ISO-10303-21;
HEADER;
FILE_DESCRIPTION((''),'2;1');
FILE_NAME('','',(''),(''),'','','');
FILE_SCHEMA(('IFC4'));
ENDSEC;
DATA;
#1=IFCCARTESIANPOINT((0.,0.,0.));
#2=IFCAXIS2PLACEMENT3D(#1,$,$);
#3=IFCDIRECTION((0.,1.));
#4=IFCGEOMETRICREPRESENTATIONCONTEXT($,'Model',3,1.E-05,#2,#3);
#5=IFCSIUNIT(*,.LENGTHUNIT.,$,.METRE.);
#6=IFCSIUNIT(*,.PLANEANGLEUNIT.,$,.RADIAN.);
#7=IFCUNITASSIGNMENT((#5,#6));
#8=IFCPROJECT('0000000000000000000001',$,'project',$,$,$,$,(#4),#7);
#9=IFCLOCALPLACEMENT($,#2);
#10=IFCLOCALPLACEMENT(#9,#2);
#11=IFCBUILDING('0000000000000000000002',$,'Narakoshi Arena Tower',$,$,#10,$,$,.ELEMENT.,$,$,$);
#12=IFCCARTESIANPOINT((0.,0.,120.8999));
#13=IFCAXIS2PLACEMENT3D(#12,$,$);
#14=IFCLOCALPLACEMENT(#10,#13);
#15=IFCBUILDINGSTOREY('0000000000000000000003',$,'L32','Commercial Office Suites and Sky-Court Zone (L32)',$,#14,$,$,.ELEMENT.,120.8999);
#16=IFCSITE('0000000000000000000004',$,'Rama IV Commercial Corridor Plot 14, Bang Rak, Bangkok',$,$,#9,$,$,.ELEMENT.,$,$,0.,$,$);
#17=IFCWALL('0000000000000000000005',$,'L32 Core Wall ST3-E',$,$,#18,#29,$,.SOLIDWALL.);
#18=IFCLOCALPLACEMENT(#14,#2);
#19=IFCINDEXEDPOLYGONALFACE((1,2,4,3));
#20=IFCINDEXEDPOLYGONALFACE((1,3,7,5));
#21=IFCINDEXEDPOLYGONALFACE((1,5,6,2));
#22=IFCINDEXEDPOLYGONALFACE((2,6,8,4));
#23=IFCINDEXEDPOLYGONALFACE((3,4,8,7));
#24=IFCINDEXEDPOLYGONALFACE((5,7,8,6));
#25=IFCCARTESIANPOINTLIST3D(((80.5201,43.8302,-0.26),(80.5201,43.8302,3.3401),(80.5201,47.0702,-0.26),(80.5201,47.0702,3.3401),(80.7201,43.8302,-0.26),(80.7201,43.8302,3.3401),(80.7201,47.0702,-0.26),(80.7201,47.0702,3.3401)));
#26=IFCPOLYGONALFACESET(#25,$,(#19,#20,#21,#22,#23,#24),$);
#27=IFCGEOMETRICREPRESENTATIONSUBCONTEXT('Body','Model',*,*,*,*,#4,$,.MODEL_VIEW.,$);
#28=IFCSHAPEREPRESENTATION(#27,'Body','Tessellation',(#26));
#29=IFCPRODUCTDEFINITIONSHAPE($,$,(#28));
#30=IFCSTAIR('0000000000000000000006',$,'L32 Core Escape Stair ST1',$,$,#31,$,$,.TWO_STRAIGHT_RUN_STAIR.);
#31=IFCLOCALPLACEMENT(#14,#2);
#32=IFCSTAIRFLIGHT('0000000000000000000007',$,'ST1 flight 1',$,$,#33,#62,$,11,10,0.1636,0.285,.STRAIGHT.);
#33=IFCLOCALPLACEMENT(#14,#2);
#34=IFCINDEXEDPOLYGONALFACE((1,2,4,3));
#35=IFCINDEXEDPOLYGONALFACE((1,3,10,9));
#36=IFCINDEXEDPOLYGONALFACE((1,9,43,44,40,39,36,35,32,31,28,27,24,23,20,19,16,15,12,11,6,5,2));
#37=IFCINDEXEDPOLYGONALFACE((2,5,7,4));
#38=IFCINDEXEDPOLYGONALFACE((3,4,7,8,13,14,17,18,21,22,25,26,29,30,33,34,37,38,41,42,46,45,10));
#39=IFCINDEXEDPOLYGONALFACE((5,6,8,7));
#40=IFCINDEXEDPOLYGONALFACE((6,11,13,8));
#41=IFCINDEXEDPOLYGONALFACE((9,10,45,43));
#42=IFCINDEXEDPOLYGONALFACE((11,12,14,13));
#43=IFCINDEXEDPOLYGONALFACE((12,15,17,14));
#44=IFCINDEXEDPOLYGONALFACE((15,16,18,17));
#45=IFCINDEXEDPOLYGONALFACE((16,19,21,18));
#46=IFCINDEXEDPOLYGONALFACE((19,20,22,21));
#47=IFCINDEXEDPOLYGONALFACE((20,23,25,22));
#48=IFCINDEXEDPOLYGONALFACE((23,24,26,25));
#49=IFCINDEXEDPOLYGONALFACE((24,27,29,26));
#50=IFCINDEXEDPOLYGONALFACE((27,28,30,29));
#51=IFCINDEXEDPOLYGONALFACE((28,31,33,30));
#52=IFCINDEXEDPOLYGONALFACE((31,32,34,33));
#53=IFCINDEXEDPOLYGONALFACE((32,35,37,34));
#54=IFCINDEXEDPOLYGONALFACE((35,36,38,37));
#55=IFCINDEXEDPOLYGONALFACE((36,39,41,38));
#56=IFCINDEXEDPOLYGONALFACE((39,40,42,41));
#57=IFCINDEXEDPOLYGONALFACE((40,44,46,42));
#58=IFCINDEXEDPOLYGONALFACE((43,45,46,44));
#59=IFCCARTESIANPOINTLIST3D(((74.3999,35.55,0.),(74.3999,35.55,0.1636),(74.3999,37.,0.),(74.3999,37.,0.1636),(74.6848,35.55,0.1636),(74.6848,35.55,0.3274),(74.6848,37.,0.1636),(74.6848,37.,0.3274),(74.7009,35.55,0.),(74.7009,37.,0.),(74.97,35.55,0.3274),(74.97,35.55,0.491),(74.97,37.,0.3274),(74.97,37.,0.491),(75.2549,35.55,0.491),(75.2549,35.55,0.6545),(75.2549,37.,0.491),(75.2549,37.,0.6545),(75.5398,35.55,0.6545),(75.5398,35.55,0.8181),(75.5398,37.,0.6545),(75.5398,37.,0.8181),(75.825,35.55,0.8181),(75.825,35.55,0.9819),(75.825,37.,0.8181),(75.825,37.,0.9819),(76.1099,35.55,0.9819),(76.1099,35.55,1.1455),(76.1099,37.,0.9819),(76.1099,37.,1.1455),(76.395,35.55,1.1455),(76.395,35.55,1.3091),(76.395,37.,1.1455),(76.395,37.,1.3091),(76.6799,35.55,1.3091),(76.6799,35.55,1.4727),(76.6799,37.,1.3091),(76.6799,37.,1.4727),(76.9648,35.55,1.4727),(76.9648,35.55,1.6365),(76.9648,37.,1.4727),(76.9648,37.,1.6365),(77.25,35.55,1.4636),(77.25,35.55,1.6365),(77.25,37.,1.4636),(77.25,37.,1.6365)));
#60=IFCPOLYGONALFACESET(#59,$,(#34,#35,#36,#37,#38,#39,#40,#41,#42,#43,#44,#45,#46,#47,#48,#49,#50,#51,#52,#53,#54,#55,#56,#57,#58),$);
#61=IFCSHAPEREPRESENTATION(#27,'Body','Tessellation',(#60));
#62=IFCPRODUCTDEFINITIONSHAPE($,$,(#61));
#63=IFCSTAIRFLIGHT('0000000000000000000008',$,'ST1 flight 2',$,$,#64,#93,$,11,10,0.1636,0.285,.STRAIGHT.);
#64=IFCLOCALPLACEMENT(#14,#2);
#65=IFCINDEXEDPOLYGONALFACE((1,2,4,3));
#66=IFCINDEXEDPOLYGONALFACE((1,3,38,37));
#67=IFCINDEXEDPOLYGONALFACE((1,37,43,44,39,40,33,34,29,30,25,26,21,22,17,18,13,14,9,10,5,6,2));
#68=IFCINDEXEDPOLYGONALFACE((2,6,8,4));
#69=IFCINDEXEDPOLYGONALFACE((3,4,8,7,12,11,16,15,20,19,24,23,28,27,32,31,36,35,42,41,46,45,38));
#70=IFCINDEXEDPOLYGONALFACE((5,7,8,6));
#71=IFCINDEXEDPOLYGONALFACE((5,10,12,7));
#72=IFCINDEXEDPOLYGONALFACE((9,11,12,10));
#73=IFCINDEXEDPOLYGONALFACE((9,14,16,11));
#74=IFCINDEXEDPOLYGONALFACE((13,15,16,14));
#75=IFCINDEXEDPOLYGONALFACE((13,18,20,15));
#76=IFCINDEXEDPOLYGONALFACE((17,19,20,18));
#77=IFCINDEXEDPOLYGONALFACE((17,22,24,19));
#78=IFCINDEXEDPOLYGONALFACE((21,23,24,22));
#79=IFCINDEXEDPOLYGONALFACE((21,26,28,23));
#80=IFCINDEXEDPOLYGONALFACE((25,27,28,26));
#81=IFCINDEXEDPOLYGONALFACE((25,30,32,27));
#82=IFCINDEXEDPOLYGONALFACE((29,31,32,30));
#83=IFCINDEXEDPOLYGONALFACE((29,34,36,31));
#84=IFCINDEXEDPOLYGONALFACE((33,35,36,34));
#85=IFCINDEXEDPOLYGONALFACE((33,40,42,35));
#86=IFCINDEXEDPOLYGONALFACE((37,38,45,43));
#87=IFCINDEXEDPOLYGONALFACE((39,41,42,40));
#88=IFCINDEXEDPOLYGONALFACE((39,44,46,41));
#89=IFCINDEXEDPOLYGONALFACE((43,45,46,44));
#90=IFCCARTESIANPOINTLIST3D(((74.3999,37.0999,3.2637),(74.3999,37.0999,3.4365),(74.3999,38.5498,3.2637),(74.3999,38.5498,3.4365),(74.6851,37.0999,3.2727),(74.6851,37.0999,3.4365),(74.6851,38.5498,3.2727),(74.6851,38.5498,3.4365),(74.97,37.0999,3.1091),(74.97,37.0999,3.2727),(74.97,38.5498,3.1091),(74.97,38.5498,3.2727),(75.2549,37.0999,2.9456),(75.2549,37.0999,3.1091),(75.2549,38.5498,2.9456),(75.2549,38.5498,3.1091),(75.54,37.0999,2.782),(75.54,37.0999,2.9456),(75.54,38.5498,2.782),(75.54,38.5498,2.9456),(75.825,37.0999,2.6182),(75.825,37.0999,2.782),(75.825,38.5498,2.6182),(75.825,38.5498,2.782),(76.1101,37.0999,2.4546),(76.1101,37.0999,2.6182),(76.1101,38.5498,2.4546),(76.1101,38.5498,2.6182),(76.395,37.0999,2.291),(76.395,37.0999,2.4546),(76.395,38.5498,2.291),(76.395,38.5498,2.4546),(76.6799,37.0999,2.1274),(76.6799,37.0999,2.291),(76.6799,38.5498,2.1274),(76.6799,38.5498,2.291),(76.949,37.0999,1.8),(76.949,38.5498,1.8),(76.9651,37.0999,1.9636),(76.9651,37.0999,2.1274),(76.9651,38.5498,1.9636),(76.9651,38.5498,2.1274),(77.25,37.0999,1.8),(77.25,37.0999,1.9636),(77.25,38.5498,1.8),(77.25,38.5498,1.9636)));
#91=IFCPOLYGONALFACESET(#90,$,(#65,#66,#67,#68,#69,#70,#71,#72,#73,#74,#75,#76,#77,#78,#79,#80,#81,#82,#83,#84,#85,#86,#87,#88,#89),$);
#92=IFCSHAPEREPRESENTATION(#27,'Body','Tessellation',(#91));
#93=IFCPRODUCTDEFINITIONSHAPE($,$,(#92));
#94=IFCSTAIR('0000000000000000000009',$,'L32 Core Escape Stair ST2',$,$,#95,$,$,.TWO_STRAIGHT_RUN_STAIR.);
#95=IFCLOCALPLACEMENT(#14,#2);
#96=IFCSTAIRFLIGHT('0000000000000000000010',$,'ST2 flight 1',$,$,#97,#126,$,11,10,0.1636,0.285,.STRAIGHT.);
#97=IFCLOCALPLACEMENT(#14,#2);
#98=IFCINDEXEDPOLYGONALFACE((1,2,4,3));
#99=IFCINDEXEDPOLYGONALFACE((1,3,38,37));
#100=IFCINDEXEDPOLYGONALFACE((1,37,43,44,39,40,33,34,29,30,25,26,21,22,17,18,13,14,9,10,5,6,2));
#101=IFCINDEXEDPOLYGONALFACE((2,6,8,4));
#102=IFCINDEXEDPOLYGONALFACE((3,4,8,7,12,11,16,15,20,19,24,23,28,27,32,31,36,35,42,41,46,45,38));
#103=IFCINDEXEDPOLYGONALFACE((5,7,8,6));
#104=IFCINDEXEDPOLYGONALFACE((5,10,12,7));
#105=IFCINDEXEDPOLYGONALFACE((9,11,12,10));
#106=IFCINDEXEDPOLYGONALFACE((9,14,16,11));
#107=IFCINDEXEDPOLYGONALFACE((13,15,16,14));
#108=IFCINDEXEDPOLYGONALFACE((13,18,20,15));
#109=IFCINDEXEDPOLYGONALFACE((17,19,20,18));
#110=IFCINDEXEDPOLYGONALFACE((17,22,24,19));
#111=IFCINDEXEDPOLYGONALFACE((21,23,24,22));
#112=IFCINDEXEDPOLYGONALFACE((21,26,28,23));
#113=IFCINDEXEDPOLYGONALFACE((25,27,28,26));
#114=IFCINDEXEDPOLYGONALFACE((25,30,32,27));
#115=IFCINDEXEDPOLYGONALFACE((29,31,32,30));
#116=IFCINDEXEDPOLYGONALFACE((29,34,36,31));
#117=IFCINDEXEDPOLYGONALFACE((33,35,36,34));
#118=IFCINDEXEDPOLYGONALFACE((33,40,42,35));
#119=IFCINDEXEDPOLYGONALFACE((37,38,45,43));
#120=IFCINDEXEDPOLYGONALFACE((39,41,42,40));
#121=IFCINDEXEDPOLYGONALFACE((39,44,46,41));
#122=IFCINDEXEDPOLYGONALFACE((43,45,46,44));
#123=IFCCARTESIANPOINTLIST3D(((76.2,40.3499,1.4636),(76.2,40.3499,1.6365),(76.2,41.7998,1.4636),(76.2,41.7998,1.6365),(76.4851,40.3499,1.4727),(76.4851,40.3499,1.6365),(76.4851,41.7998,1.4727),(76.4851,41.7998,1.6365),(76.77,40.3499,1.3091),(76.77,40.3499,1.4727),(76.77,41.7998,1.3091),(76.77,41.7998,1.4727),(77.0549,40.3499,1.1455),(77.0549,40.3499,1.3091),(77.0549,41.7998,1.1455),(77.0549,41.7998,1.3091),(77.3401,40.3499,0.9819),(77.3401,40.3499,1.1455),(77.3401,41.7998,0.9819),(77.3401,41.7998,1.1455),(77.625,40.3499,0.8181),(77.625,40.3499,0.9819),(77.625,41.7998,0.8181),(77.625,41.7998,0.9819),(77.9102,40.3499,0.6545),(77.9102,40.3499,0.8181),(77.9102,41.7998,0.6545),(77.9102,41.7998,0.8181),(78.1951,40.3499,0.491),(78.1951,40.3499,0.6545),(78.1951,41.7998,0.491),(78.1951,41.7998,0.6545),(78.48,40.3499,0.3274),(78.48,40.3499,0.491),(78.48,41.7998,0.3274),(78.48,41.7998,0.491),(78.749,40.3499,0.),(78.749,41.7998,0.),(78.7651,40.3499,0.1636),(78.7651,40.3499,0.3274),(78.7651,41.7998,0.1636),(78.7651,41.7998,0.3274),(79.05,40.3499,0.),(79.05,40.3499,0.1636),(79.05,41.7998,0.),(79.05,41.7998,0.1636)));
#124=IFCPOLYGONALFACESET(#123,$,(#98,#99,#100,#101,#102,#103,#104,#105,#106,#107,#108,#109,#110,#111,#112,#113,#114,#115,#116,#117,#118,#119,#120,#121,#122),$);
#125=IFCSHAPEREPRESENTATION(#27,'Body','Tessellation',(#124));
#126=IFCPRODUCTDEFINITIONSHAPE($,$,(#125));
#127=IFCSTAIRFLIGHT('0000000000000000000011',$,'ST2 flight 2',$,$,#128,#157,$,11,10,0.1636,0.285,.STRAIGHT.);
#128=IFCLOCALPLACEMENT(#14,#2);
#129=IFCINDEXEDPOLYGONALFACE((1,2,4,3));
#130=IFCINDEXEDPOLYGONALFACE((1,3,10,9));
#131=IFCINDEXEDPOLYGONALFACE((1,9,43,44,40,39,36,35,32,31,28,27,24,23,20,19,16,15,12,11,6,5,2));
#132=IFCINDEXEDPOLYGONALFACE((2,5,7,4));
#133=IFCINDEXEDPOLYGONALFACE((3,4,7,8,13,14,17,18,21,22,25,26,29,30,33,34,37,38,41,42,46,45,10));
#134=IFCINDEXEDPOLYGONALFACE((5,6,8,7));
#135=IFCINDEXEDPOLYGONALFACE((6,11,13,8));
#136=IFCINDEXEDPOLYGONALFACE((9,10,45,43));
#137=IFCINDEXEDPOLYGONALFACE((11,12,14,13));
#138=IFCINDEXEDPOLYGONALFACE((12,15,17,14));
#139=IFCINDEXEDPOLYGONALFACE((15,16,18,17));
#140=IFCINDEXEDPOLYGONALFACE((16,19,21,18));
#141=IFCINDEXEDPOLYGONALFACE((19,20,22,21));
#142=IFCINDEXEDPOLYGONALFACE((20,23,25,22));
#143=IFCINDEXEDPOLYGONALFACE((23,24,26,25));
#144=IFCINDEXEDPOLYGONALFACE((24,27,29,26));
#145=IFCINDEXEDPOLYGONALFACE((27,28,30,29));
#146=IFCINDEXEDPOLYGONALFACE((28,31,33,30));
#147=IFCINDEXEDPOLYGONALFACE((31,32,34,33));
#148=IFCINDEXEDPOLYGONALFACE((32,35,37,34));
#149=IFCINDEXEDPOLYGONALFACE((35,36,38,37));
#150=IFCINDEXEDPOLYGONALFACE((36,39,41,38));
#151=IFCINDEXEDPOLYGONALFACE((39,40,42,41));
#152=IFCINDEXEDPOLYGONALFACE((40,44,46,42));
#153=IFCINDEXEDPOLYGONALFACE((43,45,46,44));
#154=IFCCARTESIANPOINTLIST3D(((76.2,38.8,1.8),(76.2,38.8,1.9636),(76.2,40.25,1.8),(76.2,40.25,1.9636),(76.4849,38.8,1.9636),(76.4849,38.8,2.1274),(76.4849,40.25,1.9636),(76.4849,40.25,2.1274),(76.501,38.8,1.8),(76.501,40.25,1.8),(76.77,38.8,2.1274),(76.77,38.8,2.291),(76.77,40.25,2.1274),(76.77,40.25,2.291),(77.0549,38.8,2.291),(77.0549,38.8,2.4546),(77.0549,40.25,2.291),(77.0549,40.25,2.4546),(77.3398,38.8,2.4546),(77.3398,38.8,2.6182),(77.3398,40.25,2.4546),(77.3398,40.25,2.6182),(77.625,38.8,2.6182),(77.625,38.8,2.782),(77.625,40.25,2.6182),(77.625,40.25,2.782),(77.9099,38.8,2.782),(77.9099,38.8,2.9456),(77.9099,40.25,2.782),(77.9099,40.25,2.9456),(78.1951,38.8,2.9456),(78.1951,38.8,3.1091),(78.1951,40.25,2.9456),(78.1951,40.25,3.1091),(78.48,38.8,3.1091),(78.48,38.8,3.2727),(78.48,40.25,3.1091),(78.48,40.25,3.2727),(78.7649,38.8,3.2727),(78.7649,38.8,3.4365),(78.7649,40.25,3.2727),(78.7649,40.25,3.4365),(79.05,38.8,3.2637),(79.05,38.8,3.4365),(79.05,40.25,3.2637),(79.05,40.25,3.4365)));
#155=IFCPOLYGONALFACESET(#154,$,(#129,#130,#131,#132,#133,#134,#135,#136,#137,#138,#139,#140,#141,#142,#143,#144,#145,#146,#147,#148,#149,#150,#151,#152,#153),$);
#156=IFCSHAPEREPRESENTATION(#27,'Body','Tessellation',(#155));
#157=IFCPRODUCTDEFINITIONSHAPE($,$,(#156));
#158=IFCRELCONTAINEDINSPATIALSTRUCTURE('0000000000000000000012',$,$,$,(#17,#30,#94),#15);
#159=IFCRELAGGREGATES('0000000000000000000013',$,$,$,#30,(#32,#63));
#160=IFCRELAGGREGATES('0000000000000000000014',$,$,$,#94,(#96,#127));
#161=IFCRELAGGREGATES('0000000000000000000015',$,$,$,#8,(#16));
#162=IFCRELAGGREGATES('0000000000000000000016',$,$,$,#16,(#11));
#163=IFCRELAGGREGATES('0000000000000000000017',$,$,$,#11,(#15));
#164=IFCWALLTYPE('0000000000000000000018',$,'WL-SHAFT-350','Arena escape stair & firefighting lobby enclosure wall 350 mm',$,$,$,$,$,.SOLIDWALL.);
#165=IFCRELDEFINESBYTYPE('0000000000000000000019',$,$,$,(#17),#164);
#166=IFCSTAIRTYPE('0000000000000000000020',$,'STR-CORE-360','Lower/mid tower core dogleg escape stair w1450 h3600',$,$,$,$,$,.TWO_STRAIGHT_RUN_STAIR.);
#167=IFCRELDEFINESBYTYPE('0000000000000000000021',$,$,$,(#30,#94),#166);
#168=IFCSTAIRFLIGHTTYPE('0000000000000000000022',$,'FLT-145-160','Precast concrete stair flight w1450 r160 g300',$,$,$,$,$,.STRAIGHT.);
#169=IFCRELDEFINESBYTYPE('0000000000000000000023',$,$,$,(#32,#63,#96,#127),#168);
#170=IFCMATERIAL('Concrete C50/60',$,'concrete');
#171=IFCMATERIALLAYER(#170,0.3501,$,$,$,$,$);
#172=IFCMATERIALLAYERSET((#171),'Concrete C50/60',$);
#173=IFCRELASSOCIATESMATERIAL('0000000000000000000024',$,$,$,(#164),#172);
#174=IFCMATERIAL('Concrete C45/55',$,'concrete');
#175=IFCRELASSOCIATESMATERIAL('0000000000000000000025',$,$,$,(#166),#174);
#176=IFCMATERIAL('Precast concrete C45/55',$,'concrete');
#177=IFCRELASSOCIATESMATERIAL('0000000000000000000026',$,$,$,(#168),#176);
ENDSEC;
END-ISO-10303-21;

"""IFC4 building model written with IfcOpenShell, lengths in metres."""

from ifc_helpers import new_model, si_unit, direction, frame, frame_2d, origin, place, context, subcontext, project, spatial, polyline, rectangle, outline, extrude, material, layer, layer_set, type_object, element, aggregate, save


model = new_model("IFC4")

# Units and contexts
model_context = context("Model", 3, precision=1e-05, world=origin(), true_north=direction((0.0, 1.0)))
body_context = subcontext(model_context, "Body", "Model", "MODEL_VIEW")
ifc_project = project(units=[si_unit("LENGTHUNIT", "METRE"), si_unit("PLANEANGLEUNIT", "RADIAN")], contexts=[model_context])

# Site, building, storey
site_placement = place(None, origin())
site = spatial("IfcSite", under=ifc_project, at=site_placement, Name="Rama IV Commercial Corridor Plot 14, Bang Rak, Bangkok", CompositionType="ELEMENT", RefElevation=0.0)
building_placement = place(site_placement, origin())
building = spatial("IfcBuilding", under=site, at=building_placement, Name="Narakoshi Arena Tower", CompositionType="ELEMENT")
storey_placement = place(building_placement, frame((0.0, 0.0, 120.8999)))
storey = spatial("IfcBuildingStorey", under=building, at=storey_placement, Name="L32", Description="Commercial Office Suites and Sky-Court Zone (L32)", CompositionType="ELEMENT", Elevation=120.8999)

# Shared definitions
ifc_material_1 = material(Name="Concrete C50/60", Category="concrete")
ifc_layer_1 = layer(ifc_material_1, 0.3501)
ifc_layer_set_1 = layer_set([ifc_layer_1], Name="Concrete C50/60")
wall_type_1 = type_object("IfcWallType", Name="WL-SHAFT-350", Description="Arena escape stair & firefighting lobby enclosure wall 350 mm", PredefinedType="SOLIDWALL", material=ifc_layer_set_1)

# Wall
wall_1_placement = place(storey_placement, frame((80.6201, 43.8301, -0.26), z_axis=(0.0, 0.0, 1.0), x_axis=(0.0, 1.0, 0.0)))
element("IfcWall", 1, at=wall_1_placement, inside=storey, type_object=wall_type_1, Name="L32 Core Wall ST3-E", PredefinedType="SOLIDWALL", context=body_context, shape_type="SweptSolid", body=[
    extrude(rectangle(XDim=3.24, YDim=0.2, at=frame_2d((1.6201, 0.0))), origin(), (0.0, 0.0, 1.0), 3.6001),
])

# Stairs, stair flights
ifc_material_2 = material(Name="Concrete C45/55", Category="concrete")
stair_type = type_object("IfcStairType", Name="STR-CORE-360", Description="Lower/mid tower core dogleg escape stair w1450 h3600", PredefinedType="TWO_STRAIGHT_RUN_STAIR", material=ifc_material_2)
stair_1_placement = place(storey_placement, origin())
stair_1 = element("IfcStair", 2, at=stair_1_placement, inside=storey, type_object=stair_type, Name="L32 Core Escape Stair ST1", PredefinedType="TWO_STRAIGHT_RUN_STAIR")
ifc_material_3 = material(Name="Precast concrete C45/55", Category="concrete")
stair_flight_type = type_object("IfcStairFlightType", Name="FLT-145-160", Description="Precast concrete stair flight w1450 r160 g300", PredefinedType="STRAIGHT", material=ifc_material_3)
stair_flight_1_placement = place(storey_placement, frame((74.3999, 36.2749, 0.0), z_axis=(0.0, 0.0, 1.0), x_axis=(1.0, 0.0, 0.0)))
stair_flight_1 = element("IfcStairFlight", 3, at=stair_flight_1_placement, type_object=stair_flight_type, Name="ST1 flight 1", NumberOfRisers=11, NumberOfTreads=10, PredefinedType="STRAIGHT", RiserHeight=0.1636, TreadLength=0.285, context=body_context, shape_type="SweptSolid", body=[
    extrude(outline(polyline([(0.0, 0.0), (0.0, 0.1636), (0.2849, 0.1636), (0.2849, 0.3274), (0.5701, 0.3274), (0.5701, 0.491), (0.855, 0.491), (0.855, 0.6545), (1.1399, 0.6545), (1.1399, 0.8181), (1.425, 0.8181), (1.425, 0.9819), (1.71, 0.9819), (1.71, 1.1455), (1.9951, 1.1455), (1.9951, 1.3091), (2.28, 1.3091), (2.28, 1.4727), (2.5649, 1.4727), (2.5649, 1.6365), (2.8501, 1.6365), (2.8501, 1.8), (2.8501, 1.4636), (0.301, 0.0), (0.0, 0.0)])), frame((0.0, 0.7251, 0.0), z_axis=(0.0, -1.0, 0.0), x_axis=(1.0, 0.0, 0.0)), (0.0, 0.0, 1.0), 1.45),
])
stair_flight_2_placement = place(storey_placement, frame((77.25, 37.825, 1.8), z_axis=(0.0, 0.0, 1.0), x_axis=(-1.0, 0.0, 0.0)))
stair_flight_2 = element("IfcStairFlight", 4, at=stair_flight_2_placement, type_object=stair_flight_type, Name="ST1 flight 2", NumberOfRisers=11, NumberOfTreads=10, PredefinedType="STRAIGHT", RiserHeight=0.1636, TreadLength=0.285, context=body_context, shape_type="SweptSolid", body=[
    extrude(outline(polyline([(0.0, 0.0), (0.0, 0.1636), (0.2849, 0.1636), (0.2849, 0.3274), (0.5701, 0.3274), (0.5701, 0.491), (0.855, 0.491), (0.855, 0.6545), (1.1399, 0.6545), (1.1399, 0.8181), (1.425, 0.8181), (1.425, 0.9819), (1.71, 0.9819), (1.71, 1.1455), (1.9951, 1.1455), (1.9951, 1.3091), (2.28, 1.3091), (2.28, 1.4727), (2.5649, 1.4727), (2.5649, 1.6365), (2.8501, 1.6365), (2.8501, 1.8), (2.8501, 1.4636), (0.301, 0.0), (0.0, 0.0)])), frame((0.0, 0.7251, 0.0), z_axis=(0.0, -1.0, 0.0), x_axis=(1.0, 0.0, 0.0)), (0.0, 0.0, 1.0), 1.45),
])
aggregate(stair_1, [stair_flight_1, stair_flight_2])
stair_2_placement = place(storey_placement, origin())
stair_2 = element("IfcStair", 5, at=stair_2_placement, inside=storey, type_object=stair_type, Name="L32 Core Escape Stair ST2", PredefinedType="TWO_STRAIGHT_RUN_STAIR")
stair_flight_3_placement = place(storey_placement, frame((79.05, 41.075, 0.0), z_axis=(0.0, 0.0, 1.0), x_axis=(-1.0, 0.0, 0.0)))
stair_flight_3 = element("IfcStairFlight", 6, at=stair_flight_3_placement, type_object=stair_flight_type, Name="ST2 flight 1", NumberOfRisers=11, NumberOfTreads=10, PredefinedType="STRAIGHT", RiserHeight=0.1636, TreadLength=0.285, context=body_context, shape_type="SweptSolid", body=[
    extrude(outline(polyline([(0.0, 0.0), (0.0, 0.1636), (0.2849, 0.1636), (0.2849, 0.3274), (0.5701, 0.3274), (0.5701, 0.491), (0.855, 0.491), (0.855, 0.6545), (1.1399, 0.6545), (1.1399, 0.8181), (1.425, 0.8181), (1.425, 0.9819), (1.71, 0.9819), (1.71, 1.1455), (1.9951, 1.1455), (1.9951, 1.3091), (2.28, 1.3091), (2.28, 1.4727), (2.5649, 1.4727), (2.5649, 1.6365), (2.8501, 1.6365), (2.8501, 1.8), (2.8501, 1.4636), (0.301, 0.0), (0.0, 0.0)])), frame((0.0, 0.7251, 0.0), z_axis=(0.0, -1.0, 0.0), x_axis=(1.0, 0.0, 0.0)), (0.0, 0.0, 1.0), 1.45),
])
stair_flight_4_placement = place(storey_placement, frame((76.2, 39.5249, 1.8), z_axis=(0.0, 0.0, 1.0), x_axis=(1.0, 0.0, 0.0)))
stair_flight_4 = element("IfcStairFlight", 7, at=stair_flight_4_placement, type_object=stair_flight_type, Name="ST2 flight 2", NumberOfRisers=11, NumberOfTreads=10, PredefinedType="STRAIGHT", RiserHeight=0.1636, TreadLength=0.285, context=body_context, shape_type="SweptSolid", body=[
    extrude(outline(polyline([(0.0, 0.0), (0.0, 0.1636), (0.2849, 0.1636), (0.2849, 0.3274), (0.5701, 0.3274), (0.5701, 0.491), (0.855, 0.491), (0.855, 0.6545), (1.1399, 0.6545), (1.1399, 0.8181), (1.425, 0.8181), (1.425, 0.9819), (1.71, 0.9819), (1.71, 1.1455), (1.9951, 1.1455), (1.9951, 1.3091), (2.28, 1.3091), (2.28, 1.4727), (2.5649, 1.4727), (2.5649, 1.6365), (2.8501, 1.6365), (2.8501, 1.8), (2.8501, 1.4636), (0.301, 0.0), (0.0, 0.0)])), frame((0.0, 0.7251, 0.0), z_axis=(0.0, -1.0, 0.0), x_axis=(1.0, 0.0, 0.0)), (0.0, 0.0, 1.0), 1.45),
])
aggregate(stair_2, [stair_flight_3, stair_flight_4])

save(model, "model.ifc")
